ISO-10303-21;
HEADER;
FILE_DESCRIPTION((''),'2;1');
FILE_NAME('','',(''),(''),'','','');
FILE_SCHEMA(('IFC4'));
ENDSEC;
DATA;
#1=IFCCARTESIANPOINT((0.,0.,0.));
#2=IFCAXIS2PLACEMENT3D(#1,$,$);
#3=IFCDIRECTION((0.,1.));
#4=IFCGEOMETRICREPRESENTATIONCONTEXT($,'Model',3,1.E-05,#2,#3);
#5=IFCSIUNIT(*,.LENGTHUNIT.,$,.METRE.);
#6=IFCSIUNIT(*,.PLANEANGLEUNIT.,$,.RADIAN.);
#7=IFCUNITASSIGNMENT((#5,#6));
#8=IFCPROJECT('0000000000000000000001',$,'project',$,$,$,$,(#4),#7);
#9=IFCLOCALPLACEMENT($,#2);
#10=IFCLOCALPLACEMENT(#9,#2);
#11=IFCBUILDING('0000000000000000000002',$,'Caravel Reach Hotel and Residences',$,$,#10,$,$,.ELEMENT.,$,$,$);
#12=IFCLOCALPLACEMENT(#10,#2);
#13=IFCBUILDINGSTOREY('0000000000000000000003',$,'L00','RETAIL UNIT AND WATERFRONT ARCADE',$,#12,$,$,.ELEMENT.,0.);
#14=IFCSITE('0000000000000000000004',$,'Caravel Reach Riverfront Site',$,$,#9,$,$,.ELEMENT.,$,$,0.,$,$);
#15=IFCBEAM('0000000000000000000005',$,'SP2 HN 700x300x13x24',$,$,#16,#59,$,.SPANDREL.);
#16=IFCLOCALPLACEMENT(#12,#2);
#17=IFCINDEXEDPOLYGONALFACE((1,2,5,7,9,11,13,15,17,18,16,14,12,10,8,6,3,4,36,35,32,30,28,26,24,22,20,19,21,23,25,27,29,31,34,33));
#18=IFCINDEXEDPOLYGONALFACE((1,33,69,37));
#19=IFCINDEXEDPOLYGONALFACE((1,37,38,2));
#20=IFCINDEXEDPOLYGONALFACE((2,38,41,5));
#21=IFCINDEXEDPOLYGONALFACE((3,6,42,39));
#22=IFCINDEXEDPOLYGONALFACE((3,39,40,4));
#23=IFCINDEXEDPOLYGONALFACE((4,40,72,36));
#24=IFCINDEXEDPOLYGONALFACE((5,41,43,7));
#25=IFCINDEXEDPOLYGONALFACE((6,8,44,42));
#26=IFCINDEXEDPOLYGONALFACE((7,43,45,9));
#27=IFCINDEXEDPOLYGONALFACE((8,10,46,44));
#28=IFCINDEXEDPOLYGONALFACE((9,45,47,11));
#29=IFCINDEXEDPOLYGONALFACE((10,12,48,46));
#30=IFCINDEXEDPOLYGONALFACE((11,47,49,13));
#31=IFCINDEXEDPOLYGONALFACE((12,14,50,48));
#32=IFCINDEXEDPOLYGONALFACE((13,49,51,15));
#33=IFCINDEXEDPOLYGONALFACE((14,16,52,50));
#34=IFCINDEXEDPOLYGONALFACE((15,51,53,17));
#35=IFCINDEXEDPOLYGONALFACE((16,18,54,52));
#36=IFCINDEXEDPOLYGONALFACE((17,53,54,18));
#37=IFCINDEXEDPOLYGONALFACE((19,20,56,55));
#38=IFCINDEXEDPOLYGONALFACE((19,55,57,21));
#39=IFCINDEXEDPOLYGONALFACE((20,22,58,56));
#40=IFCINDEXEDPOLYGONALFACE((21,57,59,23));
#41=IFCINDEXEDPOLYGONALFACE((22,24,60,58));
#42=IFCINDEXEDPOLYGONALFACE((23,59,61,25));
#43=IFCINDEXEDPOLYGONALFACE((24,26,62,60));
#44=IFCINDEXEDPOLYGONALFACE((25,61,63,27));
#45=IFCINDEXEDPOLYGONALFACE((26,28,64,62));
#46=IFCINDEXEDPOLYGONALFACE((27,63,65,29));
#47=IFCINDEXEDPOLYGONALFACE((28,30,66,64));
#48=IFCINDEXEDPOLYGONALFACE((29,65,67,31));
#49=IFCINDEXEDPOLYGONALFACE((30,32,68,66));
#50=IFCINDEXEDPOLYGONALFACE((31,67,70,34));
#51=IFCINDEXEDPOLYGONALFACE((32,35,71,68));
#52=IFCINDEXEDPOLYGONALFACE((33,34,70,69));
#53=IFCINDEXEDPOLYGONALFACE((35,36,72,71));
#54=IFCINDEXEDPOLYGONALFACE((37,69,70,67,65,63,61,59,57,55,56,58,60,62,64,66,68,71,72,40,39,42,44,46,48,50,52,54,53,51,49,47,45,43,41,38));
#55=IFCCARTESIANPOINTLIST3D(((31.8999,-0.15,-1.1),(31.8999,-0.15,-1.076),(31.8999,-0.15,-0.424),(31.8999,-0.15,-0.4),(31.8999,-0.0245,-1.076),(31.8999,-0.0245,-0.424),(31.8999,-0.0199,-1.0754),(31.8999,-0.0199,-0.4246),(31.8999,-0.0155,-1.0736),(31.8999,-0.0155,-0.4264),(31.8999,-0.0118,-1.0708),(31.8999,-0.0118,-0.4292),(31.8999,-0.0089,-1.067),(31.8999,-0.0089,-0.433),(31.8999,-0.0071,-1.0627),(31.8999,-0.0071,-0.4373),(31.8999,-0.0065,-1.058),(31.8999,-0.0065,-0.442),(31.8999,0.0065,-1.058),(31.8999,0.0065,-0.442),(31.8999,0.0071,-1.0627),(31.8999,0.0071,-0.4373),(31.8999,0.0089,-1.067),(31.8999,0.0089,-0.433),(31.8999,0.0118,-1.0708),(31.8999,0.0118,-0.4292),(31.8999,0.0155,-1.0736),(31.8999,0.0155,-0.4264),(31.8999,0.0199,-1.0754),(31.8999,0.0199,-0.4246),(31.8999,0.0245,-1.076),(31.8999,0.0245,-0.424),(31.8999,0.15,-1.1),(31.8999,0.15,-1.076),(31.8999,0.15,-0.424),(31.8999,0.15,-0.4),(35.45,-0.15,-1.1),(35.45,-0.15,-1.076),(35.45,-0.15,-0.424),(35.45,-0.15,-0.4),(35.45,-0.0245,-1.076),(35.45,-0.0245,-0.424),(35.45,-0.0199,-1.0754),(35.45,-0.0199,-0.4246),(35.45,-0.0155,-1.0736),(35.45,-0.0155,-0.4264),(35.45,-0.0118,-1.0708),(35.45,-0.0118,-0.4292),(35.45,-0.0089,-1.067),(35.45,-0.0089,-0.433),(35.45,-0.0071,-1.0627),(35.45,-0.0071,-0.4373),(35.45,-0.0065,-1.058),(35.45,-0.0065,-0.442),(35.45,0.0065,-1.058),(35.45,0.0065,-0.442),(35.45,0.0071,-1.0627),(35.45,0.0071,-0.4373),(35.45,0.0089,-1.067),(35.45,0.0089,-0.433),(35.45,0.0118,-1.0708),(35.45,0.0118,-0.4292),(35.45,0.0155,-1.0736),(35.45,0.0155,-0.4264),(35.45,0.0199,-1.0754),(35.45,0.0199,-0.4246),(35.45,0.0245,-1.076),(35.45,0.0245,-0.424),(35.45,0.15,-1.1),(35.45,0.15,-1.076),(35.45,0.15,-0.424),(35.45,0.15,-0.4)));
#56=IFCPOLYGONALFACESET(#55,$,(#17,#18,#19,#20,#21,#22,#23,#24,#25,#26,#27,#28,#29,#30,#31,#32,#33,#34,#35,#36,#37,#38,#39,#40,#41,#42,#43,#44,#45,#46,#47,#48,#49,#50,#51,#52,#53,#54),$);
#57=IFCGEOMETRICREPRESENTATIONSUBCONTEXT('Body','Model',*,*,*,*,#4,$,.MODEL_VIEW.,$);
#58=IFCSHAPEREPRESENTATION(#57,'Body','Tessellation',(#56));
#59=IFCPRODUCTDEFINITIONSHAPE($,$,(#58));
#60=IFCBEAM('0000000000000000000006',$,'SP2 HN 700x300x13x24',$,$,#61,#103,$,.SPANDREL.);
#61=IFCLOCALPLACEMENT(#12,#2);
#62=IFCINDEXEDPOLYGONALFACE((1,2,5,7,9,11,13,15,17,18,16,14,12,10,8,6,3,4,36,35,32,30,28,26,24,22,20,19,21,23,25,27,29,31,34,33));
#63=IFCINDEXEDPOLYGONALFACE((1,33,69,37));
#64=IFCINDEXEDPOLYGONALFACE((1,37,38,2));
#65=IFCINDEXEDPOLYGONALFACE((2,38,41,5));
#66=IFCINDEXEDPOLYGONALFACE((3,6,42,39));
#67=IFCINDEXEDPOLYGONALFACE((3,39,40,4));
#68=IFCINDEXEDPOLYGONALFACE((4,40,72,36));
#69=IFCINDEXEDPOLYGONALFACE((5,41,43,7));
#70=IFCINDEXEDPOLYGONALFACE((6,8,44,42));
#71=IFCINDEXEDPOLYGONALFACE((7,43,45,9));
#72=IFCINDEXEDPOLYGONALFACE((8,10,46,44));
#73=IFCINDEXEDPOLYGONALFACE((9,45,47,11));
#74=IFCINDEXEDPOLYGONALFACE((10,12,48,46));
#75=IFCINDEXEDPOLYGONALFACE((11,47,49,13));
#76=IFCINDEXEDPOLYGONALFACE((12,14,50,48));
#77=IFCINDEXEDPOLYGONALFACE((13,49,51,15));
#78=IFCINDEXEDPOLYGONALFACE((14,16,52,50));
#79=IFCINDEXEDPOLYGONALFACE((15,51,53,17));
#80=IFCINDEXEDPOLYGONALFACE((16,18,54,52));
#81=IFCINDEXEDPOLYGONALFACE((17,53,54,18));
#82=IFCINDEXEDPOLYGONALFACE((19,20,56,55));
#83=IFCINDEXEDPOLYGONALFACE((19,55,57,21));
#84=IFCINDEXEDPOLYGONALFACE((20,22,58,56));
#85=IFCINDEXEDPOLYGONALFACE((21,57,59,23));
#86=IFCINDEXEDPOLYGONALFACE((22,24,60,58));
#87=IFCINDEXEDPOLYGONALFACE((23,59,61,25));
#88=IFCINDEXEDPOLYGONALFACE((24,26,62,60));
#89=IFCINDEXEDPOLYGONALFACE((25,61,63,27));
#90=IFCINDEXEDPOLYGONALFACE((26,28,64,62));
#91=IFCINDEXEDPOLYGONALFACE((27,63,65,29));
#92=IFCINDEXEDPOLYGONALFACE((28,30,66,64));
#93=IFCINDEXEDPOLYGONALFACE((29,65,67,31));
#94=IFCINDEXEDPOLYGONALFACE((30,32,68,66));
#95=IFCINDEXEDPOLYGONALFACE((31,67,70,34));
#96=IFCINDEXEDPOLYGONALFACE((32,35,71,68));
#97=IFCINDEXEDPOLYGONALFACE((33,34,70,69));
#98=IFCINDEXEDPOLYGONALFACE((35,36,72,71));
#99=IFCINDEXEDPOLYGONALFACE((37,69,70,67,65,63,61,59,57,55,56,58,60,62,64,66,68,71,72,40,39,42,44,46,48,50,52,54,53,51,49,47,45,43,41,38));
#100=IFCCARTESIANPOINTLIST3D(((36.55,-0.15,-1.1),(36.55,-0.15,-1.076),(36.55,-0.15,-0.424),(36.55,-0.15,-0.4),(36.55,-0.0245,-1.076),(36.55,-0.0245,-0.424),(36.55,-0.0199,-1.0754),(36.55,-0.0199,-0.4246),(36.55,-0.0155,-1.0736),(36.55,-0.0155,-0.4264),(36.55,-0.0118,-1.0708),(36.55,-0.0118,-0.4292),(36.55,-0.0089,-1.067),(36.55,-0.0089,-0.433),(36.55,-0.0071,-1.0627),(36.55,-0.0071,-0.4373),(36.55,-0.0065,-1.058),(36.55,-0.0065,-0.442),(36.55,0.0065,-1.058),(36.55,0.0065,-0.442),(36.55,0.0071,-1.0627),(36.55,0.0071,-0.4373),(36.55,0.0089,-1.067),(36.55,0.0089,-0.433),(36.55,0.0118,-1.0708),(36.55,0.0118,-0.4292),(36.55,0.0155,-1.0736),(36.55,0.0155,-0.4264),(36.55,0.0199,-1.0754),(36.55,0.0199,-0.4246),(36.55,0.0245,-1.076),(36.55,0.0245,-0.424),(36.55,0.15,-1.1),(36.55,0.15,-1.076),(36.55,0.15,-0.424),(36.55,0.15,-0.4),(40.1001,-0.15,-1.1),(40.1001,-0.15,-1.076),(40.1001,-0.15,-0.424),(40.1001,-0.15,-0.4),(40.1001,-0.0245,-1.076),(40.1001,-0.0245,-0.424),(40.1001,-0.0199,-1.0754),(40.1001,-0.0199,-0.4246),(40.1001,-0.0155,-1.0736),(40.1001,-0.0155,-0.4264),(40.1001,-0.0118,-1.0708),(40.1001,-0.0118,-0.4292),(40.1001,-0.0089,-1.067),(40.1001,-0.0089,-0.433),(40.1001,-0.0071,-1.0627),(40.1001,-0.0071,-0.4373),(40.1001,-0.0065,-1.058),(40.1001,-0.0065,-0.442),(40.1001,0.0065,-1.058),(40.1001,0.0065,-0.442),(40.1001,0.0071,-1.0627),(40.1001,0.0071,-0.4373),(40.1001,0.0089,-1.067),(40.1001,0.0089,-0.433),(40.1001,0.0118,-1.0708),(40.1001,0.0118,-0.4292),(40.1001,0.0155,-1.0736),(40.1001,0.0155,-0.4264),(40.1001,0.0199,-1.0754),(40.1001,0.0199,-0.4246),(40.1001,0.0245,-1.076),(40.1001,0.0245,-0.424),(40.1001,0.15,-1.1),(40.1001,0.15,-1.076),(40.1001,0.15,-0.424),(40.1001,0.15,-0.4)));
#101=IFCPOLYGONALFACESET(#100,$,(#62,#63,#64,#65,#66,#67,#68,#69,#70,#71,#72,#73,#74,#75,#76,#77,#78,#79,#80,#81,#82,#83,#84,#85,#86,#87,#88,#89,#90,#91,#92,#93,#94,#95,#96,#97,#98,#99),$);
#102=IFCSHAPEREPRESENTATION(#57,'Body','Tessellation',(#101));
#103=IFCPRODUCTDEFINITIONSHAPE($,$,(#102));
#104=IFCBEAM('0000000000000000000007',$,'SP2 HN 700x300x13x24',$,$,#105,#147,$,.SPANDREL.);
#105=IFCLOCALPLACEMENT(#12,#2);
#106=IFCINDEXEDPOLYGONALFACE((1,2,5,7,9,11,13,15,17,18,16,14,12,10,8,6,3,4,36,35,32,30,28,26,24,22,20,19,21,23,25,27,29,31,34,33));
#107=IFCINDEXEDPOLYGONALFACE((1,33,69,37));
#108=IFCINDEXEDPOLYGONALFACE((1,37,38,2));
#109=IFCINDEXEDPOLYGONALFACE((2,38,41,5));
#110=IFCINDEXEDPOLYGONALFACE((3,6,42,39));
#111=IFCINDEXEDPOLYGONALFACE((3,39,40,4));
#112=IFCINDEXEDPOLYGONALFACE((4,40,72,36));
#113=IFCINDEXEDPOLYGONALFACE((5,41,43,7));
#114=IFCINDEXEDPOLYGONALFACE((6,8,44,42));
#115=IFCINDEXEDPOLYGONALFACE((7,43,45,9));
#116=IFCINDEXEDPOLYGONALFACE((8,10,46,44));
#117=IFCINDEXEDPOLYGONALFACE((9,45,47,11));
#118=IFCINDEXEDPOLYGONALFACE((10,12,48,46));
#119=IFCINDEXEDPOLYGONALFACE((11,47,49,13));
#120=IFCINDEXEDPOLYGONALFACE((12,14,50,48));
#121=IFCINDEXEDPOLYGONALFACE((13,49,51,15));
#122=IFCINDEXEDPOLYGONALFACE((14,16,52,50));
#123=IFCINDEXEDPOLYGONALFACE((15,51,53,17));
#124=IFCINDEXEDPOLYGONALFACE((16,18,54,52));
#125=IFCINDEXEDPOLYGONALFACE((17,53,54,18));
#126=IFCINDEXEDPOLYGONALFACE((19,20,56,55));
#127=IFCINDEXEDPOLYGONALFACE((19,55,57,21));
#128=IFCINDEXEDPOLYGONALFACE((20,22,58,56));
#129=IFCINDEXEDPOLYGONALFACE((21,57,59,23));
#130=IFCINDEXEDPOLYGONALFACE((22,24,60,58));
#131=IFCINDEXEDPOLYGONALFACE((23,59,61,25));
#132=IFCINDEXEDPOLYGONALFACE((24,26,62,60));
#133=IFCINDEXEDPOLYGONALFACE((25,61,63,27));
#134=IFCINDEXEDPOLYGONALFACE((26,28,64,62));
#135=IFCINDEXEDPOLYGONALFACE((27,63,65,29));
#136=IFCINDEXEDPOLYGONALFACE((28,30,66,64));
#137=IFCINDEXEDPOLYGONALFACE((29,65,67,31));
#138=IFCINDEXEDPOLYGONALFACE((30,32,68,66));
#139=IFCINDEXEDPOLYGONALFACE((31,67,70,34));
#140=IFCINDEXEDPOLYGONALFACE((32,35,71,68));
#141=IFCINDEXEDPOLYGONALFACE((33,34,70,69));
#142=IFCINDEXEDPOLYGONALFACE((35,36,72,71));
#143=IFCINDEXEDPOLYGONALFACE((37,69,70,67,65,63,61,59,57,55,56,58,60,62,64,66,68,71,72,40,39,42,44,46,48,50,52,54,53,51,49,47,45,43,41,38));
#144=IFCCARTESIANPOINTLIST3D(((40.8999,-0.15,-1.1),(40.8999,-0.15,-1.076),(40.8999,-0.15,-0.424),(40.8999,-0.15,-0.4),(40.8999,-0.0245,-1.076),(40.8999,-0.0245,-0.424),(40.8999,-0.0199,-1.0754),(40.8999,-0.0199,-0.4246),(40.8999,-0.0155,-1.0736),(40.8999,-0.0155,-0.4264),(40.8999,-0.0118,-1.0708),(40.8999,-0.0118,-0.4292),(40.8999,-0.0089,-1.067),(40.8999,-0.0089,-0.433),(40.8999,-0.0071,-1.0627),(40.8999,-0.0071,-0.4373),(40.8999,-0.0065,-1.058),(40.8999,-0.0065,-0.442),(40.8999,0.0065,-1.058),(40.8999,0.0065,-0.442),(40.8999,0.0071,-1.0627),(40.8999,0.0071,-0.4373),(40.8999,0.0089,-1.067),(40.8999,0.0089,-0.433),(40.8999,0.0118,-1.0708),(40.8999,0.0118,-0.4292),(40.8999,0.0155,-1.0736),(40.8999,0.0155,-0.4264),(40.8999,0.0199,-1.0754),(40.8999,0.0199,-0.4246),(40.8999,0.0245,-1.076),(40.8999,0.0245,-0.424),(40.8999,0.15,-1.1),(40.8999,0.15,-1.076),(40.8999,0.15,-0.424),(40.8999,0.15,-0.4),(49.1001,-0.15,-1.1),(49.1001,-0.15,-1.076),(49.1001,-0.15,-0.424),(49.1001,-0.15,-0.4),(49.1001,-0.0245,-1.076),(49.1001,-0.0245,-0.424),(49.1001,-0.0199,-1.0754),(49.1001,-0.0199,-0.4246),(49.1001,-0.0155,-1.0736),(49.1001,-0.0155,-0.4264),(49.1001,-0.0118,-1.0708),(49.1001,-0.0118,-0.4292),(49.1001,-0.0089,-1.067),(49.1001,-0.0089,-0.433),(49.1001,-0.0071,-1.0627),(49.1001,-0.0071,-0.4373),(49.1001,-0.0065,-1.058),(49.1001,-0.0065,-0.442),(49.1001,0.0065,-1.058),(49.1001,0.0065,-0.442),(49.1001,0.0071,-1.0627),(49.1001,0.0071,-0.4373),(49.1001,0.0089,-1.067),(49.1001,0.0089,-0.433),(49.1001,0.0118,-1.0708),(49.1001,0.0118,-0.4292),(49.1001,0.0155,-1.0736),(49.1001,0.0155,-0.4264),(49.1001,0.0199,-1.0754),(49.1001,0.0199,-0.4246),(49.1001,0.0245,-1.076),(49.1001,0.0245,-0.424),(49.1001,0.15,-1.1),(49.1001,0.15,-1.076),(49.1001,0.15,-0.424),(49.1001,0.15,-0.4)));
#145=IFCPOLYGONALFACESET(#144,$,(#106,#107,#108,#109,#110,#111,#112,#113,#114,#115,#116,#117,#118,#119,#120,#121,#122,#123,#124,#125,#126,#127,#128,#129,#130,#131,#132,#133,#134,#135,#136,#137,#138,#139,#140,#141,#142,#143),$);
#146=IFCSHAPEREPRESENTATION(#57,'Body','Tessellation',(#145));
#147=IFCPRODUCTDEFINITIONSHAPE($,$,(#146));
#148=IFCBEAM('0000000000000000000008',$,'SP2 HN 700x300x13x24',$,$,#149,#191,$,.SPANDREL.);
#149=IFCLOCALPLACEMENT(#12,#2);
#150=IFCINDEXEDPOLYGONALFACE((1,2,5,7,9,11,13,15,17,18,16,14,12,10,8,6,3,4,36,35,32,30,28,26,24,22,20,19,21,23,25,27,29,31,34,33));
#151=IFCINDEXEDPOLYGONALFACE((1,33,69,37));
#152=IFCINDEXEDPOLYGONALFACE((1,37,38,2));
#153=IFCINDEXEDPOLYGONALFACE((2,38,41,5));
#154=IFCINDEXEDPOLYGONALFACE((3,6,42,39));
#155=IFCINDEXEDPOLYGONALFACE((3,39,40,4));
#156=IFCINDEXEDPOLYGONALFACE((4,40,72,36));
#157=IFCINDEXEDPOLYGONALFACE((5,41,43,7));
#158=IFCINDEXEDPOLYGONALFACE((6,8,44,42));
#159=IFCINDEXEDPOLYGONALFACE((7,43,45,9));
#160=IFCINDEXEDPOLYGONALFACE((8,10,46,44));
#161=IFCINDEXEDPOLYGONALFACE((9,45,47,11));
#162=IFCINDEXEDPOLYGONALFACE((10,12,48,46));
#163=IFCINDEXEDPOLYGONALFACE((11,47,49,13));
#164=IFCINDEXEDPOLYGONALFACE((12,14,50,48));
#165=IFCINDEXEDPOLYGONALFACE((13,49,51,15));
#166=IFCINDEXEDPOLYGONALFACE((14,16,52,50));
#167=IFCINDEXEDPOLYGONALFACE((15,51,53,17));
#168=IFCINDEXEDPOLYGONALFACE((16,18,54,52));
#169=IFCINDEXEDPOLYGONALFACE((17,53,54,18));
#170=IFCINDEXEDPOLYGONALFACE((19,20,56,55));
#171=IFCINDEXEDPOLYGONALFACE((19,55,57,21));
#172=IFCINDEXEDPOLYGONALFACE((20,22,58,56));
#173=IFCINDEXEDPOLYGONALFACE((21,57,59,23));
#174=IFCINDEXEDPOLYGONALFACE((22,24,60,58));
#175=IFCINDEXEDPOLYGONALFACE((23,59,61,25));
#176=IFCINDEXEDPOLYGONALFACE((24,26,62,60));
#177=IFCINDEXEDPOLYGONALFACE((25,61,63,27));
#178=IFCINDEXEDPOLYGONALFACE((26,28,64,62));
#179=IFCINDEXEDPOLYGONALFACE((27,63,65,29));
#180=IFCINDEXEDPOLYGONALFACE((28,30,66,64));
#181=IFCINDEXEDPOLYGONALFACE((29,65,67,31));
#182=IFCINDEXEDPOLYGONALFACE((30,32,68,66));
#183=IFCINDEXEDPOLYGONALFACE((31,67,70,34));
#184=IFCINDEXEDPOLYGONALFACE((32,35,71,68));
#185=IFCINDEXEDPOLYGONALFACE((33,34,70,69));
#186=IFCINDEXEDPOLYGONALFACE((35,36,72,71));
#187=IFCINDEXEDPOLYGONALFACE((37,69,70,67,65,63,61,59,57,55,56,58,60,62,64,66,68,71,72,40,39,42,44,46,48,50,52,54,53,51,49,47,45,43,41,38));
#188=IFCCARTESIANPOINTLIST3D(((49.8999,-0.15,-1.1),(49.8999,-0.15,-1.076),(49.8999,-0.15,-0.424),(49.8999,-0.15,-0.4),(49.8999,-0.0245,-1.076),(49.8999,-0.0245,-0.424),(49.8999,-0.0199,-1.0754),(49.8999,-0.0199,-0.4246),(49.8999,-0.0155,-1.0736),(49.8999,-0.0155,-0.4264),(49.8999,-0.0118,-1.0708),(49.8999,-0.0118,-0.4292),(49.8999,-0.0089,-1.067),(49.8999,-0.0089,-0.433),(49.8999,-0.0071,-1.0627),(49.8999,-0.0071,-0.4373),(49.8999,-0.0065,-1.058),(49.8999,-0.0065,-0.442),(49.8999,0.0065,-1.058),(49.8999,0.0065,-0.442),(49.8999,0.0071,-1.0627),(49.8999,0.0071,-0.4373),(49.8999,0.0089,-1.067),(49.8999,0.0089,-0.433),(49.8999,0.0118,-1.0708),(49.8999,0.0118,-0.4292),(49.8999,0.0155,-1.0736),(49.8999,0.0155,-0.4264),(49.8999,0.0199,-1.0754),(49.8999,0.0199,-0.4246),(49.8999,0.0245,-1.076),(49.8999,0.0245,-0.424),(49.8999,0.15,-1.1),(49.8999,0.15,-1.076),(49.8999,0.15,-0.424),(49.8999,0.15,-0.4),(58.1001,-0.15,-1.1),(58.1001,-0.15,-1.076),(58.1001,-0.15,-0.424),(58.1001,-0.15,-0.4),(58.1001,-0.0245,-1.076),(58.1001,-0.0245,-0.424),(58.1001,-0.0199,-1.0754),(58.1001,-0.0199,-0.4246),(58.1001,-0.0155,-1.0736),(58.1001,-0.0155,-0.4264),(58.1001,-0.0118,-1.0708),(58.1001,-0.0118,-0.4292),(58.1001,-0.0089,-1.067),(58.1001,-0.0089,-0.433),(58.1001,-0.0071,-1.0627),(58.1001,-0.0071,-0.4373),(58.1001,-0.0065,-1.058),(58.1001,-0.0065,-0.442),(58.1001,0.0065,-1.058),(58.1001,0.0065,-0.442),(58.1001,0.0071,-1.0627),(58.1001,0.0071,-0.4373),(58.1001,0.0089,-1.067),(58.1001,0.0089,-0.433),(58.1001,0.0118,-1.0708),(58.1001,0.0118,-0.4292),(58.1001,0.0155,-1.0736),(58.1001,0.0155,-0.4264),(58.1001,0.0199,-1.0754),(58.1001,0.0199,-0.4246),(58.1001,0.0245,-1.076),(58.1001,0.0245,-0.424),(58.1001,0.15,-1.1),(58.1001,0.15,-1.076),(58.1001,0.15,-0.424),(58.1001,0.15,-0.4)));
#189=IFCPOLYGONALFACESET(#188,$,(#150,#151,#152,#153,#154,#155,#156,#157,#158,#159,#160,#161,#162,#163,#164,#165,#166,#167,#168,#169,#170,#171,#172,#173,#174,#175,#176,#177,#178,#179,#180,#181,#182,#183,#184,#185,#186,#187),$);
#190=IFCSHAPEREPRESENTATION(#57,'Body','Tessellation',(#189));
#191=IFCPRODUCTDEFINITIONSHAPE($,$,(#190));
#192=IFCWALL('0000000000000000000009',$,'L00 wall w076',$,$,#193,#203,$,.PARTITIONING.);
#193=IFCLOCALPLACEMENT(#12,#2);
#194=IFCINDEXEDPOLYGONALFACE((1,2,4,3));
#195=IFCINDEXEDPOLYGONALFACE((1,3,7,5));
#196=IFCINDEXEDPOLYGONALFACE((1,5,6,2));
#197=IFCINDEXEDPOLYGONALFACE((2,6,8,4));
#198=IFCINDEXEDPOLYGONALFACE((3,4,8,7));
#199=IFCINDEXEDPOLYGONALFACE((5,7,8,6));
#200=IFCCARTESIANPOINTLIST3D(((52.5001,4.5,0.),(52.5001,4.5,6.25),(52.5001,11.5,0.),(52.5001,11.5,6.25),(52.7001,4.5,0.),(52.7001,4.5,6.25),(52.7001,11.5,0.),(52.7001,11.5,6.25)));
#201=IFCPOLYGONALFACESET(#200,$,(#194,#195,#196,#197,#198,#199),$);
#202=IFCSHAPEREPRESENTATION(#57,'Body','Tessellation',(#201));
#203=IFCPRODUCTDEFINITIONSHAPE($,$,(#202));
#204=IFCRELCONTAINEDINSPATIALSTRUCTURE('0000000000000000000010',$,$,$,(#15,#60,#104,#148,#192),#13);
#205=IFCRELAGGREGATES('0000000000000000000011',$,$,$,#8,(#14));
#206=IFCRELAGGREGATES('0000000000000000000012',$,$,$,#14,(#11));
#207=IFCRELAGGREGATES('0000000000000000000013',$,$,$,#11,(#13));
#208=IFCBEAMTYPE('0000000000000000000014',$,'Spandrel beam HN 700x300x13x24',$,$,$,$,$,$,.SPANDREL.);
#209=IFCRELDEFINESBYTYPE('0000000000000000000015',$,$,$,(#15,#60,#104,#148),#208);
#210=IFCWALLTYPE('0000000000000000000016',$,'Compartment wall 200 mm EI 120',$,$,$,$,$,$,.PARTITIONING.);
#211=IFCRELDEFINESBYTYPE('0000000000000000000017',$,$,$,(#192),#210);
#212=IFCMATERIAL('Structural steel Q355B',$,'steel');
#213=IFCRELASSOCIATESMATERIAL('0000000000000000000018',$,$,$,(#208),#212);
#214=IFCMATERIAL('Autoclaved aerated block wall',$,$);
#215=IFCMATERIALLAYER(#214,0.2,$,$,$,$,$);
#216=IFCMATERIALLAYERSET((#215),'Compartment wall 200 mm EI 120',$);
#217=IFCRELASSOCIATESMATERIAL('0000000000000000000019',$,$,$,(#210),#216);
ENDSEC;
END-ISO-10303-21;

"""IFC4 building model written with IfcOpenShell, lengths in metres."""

from ifc_helpers import new_model, si_unit, direction, frame, frame_2d, origin, origin_2d, place, context, subcontext, project, spatial, rectangle, i_section, extrude, material, layer, layer_set, material_profile, profile_set, type_object, element, save


model = new_model("IFC4")

# Units and contexts
model_context = context("Model", 3, precision=1e-05, world=origin(), true_north=direction((0.0, 1.0)))
body_context = subcontext(model_context, "Body", "Model", "MODEL_VIEW")
ifc_project = project(units=[si_unit("LENGTHUNIT", "METRE"), si_unit("PLANEANGLEUNIT", "RADIAN")], contexts=[model_context])

# Site, building, storey
site_placement = place(None, origin())
site = spatial("IfcSite", under=ifc_project, at=site_placement, Name="Caravel Reach Riverfront Site", CompositionType="ELEMENT", RefElevation=0.0)
building_placement = place(site_placement, origin())
building = spatial("IfcBuilding", under=site, at=building_placement, Name="Caravel Reach Hotel and Residences", CompositionType="ELEMENT")
storey_placement = place(building_placement, origin())
storey = spatial("IfcBuildingStorey", under=building, at=storey_placement, Name="L00", Description="RETAIL UNIT AND WATERFRONT ARCADE", CompositionType="ELEMENT", Elevation=0.0)

# Beams
ifc_material_1 = material(Name="Structural steel Q355B", Category="steel")
ifc_material_profile_1 = material_profile(ifc_material_1, i_section(OverallWidth=0.3, OverallDepth=0.7, WebThickness=0.0129, FlangeThickness=0.0239, FilletRadius=0.0181, at=origin_2d()), Name="HN 700x300x13x24")
ifc_profile_set_1 = profile_set([ifc_material_profile_1], Name="Structural steel Q355B")
beam_type = type_object("IfcBeamType", Name="Spandrel beam HN 700x300x13x24", PredefinedType="SPANDREL", material=ifc_profile_set_1)
for number, where, z_axis, x_axis, name in (
    (1, (31.8999, 0.0, -0.75), (1.0, 0.0, 0.0), (0.0, 1.0, 0.0), "SP2 HN 700x300x13x24"),
    (2, (36.55, 0.0, -0.75), (1.0, 0.0, 0.0), (0.0, 1.0, 0.0), "SP2 HN 700x300x13x24"),
):
    element("IfcBeam", number, at=place(storey_placement, frame(where, z_axis=z_axis, x_axis=x_axis)), inside=storey, type_object=beam_type, Name=name, PredefinedType="SPANDREL", context=body_context, shape_type="SweptSolid", body=[
        extrude(i_section(OverallWidth=0.3, OverallDepth=0.7, WebThickness=0.0129, FlangeThickness=0.0239, FilletRadius=0.0181, at=origin_2d()), origin(), (0.0, 0.0, 1.0), 3.55),
    ])
for number, where, z_axis, x_axis, name in (
    (3, (40.8999, 0.0, -0.75), (1.0, 0.0, 0.0), (0.0, 1.0, 0.0), "SP2 HN 700x300x13x24"),
    (4, (49.8999, 0.0, -0.75), (1.0, 0.0, 0.0), (0.0, 1.0, 0.0), "SP2 HN 700x300x13x24"),
):
    element("IfcBeam", number, at=place(storey_placement, frame(where, z_axis=z_axis, x_axis=x_axis)), inside=storey, type_object=beam_type, Name=name, PredefinedType="SPANDREL", context=body_context, shape_type="SweptSolid", body=[
        extrude(i_section(OverallWidth=0.3, OverallDepth=0.7, WebThickness=0.0129, FlangeThickness=0.0239, FilletRadius=0.0181, at=origin_2d()), origin(), (0.0, 0.0, 1.0), 8.2002),
    ])

# Wall
ifc_material_2 = material(Name="Autoclaved aerated block wall")
ifc_layer_1 = layer(ifc_material_2, 0.2)
ifc_layer_set_1 = layer_set([ifc_layer_1], Name="Compartment wall 200 mm EI 120")
wall_type_1 = type_object("IfcWallType", Name="Compartment wall 200 mm EI 120", PredefinedType="PARTITIONING", material=ifc_layer_set_1)
for number, where, z_axis, x_axis, name in (
    (5, (52.6001, 4.5, 0.0), (0.0, 0.0, 1.0), (0.0, 1.0, 0.0), "L00 wall w076"),
):
    element("IfcWall", number, at=place(storey_placement, frame(where, z_axis=z_axis, x_axis=x_axis)), inside=storey, type_object=wall_type_1, Name=name, PredefinedType="PARTITIONING", context=body_context, shape_type="SweptSolid", body=[
        extrude(rectangle(XDim=7.0, YDim=0.2, at=frame_2d((3.5, 0.0))), origin(), (0.0, 0.0, 1.0), 6.25),
    ])

save(model, "model.ifc")
